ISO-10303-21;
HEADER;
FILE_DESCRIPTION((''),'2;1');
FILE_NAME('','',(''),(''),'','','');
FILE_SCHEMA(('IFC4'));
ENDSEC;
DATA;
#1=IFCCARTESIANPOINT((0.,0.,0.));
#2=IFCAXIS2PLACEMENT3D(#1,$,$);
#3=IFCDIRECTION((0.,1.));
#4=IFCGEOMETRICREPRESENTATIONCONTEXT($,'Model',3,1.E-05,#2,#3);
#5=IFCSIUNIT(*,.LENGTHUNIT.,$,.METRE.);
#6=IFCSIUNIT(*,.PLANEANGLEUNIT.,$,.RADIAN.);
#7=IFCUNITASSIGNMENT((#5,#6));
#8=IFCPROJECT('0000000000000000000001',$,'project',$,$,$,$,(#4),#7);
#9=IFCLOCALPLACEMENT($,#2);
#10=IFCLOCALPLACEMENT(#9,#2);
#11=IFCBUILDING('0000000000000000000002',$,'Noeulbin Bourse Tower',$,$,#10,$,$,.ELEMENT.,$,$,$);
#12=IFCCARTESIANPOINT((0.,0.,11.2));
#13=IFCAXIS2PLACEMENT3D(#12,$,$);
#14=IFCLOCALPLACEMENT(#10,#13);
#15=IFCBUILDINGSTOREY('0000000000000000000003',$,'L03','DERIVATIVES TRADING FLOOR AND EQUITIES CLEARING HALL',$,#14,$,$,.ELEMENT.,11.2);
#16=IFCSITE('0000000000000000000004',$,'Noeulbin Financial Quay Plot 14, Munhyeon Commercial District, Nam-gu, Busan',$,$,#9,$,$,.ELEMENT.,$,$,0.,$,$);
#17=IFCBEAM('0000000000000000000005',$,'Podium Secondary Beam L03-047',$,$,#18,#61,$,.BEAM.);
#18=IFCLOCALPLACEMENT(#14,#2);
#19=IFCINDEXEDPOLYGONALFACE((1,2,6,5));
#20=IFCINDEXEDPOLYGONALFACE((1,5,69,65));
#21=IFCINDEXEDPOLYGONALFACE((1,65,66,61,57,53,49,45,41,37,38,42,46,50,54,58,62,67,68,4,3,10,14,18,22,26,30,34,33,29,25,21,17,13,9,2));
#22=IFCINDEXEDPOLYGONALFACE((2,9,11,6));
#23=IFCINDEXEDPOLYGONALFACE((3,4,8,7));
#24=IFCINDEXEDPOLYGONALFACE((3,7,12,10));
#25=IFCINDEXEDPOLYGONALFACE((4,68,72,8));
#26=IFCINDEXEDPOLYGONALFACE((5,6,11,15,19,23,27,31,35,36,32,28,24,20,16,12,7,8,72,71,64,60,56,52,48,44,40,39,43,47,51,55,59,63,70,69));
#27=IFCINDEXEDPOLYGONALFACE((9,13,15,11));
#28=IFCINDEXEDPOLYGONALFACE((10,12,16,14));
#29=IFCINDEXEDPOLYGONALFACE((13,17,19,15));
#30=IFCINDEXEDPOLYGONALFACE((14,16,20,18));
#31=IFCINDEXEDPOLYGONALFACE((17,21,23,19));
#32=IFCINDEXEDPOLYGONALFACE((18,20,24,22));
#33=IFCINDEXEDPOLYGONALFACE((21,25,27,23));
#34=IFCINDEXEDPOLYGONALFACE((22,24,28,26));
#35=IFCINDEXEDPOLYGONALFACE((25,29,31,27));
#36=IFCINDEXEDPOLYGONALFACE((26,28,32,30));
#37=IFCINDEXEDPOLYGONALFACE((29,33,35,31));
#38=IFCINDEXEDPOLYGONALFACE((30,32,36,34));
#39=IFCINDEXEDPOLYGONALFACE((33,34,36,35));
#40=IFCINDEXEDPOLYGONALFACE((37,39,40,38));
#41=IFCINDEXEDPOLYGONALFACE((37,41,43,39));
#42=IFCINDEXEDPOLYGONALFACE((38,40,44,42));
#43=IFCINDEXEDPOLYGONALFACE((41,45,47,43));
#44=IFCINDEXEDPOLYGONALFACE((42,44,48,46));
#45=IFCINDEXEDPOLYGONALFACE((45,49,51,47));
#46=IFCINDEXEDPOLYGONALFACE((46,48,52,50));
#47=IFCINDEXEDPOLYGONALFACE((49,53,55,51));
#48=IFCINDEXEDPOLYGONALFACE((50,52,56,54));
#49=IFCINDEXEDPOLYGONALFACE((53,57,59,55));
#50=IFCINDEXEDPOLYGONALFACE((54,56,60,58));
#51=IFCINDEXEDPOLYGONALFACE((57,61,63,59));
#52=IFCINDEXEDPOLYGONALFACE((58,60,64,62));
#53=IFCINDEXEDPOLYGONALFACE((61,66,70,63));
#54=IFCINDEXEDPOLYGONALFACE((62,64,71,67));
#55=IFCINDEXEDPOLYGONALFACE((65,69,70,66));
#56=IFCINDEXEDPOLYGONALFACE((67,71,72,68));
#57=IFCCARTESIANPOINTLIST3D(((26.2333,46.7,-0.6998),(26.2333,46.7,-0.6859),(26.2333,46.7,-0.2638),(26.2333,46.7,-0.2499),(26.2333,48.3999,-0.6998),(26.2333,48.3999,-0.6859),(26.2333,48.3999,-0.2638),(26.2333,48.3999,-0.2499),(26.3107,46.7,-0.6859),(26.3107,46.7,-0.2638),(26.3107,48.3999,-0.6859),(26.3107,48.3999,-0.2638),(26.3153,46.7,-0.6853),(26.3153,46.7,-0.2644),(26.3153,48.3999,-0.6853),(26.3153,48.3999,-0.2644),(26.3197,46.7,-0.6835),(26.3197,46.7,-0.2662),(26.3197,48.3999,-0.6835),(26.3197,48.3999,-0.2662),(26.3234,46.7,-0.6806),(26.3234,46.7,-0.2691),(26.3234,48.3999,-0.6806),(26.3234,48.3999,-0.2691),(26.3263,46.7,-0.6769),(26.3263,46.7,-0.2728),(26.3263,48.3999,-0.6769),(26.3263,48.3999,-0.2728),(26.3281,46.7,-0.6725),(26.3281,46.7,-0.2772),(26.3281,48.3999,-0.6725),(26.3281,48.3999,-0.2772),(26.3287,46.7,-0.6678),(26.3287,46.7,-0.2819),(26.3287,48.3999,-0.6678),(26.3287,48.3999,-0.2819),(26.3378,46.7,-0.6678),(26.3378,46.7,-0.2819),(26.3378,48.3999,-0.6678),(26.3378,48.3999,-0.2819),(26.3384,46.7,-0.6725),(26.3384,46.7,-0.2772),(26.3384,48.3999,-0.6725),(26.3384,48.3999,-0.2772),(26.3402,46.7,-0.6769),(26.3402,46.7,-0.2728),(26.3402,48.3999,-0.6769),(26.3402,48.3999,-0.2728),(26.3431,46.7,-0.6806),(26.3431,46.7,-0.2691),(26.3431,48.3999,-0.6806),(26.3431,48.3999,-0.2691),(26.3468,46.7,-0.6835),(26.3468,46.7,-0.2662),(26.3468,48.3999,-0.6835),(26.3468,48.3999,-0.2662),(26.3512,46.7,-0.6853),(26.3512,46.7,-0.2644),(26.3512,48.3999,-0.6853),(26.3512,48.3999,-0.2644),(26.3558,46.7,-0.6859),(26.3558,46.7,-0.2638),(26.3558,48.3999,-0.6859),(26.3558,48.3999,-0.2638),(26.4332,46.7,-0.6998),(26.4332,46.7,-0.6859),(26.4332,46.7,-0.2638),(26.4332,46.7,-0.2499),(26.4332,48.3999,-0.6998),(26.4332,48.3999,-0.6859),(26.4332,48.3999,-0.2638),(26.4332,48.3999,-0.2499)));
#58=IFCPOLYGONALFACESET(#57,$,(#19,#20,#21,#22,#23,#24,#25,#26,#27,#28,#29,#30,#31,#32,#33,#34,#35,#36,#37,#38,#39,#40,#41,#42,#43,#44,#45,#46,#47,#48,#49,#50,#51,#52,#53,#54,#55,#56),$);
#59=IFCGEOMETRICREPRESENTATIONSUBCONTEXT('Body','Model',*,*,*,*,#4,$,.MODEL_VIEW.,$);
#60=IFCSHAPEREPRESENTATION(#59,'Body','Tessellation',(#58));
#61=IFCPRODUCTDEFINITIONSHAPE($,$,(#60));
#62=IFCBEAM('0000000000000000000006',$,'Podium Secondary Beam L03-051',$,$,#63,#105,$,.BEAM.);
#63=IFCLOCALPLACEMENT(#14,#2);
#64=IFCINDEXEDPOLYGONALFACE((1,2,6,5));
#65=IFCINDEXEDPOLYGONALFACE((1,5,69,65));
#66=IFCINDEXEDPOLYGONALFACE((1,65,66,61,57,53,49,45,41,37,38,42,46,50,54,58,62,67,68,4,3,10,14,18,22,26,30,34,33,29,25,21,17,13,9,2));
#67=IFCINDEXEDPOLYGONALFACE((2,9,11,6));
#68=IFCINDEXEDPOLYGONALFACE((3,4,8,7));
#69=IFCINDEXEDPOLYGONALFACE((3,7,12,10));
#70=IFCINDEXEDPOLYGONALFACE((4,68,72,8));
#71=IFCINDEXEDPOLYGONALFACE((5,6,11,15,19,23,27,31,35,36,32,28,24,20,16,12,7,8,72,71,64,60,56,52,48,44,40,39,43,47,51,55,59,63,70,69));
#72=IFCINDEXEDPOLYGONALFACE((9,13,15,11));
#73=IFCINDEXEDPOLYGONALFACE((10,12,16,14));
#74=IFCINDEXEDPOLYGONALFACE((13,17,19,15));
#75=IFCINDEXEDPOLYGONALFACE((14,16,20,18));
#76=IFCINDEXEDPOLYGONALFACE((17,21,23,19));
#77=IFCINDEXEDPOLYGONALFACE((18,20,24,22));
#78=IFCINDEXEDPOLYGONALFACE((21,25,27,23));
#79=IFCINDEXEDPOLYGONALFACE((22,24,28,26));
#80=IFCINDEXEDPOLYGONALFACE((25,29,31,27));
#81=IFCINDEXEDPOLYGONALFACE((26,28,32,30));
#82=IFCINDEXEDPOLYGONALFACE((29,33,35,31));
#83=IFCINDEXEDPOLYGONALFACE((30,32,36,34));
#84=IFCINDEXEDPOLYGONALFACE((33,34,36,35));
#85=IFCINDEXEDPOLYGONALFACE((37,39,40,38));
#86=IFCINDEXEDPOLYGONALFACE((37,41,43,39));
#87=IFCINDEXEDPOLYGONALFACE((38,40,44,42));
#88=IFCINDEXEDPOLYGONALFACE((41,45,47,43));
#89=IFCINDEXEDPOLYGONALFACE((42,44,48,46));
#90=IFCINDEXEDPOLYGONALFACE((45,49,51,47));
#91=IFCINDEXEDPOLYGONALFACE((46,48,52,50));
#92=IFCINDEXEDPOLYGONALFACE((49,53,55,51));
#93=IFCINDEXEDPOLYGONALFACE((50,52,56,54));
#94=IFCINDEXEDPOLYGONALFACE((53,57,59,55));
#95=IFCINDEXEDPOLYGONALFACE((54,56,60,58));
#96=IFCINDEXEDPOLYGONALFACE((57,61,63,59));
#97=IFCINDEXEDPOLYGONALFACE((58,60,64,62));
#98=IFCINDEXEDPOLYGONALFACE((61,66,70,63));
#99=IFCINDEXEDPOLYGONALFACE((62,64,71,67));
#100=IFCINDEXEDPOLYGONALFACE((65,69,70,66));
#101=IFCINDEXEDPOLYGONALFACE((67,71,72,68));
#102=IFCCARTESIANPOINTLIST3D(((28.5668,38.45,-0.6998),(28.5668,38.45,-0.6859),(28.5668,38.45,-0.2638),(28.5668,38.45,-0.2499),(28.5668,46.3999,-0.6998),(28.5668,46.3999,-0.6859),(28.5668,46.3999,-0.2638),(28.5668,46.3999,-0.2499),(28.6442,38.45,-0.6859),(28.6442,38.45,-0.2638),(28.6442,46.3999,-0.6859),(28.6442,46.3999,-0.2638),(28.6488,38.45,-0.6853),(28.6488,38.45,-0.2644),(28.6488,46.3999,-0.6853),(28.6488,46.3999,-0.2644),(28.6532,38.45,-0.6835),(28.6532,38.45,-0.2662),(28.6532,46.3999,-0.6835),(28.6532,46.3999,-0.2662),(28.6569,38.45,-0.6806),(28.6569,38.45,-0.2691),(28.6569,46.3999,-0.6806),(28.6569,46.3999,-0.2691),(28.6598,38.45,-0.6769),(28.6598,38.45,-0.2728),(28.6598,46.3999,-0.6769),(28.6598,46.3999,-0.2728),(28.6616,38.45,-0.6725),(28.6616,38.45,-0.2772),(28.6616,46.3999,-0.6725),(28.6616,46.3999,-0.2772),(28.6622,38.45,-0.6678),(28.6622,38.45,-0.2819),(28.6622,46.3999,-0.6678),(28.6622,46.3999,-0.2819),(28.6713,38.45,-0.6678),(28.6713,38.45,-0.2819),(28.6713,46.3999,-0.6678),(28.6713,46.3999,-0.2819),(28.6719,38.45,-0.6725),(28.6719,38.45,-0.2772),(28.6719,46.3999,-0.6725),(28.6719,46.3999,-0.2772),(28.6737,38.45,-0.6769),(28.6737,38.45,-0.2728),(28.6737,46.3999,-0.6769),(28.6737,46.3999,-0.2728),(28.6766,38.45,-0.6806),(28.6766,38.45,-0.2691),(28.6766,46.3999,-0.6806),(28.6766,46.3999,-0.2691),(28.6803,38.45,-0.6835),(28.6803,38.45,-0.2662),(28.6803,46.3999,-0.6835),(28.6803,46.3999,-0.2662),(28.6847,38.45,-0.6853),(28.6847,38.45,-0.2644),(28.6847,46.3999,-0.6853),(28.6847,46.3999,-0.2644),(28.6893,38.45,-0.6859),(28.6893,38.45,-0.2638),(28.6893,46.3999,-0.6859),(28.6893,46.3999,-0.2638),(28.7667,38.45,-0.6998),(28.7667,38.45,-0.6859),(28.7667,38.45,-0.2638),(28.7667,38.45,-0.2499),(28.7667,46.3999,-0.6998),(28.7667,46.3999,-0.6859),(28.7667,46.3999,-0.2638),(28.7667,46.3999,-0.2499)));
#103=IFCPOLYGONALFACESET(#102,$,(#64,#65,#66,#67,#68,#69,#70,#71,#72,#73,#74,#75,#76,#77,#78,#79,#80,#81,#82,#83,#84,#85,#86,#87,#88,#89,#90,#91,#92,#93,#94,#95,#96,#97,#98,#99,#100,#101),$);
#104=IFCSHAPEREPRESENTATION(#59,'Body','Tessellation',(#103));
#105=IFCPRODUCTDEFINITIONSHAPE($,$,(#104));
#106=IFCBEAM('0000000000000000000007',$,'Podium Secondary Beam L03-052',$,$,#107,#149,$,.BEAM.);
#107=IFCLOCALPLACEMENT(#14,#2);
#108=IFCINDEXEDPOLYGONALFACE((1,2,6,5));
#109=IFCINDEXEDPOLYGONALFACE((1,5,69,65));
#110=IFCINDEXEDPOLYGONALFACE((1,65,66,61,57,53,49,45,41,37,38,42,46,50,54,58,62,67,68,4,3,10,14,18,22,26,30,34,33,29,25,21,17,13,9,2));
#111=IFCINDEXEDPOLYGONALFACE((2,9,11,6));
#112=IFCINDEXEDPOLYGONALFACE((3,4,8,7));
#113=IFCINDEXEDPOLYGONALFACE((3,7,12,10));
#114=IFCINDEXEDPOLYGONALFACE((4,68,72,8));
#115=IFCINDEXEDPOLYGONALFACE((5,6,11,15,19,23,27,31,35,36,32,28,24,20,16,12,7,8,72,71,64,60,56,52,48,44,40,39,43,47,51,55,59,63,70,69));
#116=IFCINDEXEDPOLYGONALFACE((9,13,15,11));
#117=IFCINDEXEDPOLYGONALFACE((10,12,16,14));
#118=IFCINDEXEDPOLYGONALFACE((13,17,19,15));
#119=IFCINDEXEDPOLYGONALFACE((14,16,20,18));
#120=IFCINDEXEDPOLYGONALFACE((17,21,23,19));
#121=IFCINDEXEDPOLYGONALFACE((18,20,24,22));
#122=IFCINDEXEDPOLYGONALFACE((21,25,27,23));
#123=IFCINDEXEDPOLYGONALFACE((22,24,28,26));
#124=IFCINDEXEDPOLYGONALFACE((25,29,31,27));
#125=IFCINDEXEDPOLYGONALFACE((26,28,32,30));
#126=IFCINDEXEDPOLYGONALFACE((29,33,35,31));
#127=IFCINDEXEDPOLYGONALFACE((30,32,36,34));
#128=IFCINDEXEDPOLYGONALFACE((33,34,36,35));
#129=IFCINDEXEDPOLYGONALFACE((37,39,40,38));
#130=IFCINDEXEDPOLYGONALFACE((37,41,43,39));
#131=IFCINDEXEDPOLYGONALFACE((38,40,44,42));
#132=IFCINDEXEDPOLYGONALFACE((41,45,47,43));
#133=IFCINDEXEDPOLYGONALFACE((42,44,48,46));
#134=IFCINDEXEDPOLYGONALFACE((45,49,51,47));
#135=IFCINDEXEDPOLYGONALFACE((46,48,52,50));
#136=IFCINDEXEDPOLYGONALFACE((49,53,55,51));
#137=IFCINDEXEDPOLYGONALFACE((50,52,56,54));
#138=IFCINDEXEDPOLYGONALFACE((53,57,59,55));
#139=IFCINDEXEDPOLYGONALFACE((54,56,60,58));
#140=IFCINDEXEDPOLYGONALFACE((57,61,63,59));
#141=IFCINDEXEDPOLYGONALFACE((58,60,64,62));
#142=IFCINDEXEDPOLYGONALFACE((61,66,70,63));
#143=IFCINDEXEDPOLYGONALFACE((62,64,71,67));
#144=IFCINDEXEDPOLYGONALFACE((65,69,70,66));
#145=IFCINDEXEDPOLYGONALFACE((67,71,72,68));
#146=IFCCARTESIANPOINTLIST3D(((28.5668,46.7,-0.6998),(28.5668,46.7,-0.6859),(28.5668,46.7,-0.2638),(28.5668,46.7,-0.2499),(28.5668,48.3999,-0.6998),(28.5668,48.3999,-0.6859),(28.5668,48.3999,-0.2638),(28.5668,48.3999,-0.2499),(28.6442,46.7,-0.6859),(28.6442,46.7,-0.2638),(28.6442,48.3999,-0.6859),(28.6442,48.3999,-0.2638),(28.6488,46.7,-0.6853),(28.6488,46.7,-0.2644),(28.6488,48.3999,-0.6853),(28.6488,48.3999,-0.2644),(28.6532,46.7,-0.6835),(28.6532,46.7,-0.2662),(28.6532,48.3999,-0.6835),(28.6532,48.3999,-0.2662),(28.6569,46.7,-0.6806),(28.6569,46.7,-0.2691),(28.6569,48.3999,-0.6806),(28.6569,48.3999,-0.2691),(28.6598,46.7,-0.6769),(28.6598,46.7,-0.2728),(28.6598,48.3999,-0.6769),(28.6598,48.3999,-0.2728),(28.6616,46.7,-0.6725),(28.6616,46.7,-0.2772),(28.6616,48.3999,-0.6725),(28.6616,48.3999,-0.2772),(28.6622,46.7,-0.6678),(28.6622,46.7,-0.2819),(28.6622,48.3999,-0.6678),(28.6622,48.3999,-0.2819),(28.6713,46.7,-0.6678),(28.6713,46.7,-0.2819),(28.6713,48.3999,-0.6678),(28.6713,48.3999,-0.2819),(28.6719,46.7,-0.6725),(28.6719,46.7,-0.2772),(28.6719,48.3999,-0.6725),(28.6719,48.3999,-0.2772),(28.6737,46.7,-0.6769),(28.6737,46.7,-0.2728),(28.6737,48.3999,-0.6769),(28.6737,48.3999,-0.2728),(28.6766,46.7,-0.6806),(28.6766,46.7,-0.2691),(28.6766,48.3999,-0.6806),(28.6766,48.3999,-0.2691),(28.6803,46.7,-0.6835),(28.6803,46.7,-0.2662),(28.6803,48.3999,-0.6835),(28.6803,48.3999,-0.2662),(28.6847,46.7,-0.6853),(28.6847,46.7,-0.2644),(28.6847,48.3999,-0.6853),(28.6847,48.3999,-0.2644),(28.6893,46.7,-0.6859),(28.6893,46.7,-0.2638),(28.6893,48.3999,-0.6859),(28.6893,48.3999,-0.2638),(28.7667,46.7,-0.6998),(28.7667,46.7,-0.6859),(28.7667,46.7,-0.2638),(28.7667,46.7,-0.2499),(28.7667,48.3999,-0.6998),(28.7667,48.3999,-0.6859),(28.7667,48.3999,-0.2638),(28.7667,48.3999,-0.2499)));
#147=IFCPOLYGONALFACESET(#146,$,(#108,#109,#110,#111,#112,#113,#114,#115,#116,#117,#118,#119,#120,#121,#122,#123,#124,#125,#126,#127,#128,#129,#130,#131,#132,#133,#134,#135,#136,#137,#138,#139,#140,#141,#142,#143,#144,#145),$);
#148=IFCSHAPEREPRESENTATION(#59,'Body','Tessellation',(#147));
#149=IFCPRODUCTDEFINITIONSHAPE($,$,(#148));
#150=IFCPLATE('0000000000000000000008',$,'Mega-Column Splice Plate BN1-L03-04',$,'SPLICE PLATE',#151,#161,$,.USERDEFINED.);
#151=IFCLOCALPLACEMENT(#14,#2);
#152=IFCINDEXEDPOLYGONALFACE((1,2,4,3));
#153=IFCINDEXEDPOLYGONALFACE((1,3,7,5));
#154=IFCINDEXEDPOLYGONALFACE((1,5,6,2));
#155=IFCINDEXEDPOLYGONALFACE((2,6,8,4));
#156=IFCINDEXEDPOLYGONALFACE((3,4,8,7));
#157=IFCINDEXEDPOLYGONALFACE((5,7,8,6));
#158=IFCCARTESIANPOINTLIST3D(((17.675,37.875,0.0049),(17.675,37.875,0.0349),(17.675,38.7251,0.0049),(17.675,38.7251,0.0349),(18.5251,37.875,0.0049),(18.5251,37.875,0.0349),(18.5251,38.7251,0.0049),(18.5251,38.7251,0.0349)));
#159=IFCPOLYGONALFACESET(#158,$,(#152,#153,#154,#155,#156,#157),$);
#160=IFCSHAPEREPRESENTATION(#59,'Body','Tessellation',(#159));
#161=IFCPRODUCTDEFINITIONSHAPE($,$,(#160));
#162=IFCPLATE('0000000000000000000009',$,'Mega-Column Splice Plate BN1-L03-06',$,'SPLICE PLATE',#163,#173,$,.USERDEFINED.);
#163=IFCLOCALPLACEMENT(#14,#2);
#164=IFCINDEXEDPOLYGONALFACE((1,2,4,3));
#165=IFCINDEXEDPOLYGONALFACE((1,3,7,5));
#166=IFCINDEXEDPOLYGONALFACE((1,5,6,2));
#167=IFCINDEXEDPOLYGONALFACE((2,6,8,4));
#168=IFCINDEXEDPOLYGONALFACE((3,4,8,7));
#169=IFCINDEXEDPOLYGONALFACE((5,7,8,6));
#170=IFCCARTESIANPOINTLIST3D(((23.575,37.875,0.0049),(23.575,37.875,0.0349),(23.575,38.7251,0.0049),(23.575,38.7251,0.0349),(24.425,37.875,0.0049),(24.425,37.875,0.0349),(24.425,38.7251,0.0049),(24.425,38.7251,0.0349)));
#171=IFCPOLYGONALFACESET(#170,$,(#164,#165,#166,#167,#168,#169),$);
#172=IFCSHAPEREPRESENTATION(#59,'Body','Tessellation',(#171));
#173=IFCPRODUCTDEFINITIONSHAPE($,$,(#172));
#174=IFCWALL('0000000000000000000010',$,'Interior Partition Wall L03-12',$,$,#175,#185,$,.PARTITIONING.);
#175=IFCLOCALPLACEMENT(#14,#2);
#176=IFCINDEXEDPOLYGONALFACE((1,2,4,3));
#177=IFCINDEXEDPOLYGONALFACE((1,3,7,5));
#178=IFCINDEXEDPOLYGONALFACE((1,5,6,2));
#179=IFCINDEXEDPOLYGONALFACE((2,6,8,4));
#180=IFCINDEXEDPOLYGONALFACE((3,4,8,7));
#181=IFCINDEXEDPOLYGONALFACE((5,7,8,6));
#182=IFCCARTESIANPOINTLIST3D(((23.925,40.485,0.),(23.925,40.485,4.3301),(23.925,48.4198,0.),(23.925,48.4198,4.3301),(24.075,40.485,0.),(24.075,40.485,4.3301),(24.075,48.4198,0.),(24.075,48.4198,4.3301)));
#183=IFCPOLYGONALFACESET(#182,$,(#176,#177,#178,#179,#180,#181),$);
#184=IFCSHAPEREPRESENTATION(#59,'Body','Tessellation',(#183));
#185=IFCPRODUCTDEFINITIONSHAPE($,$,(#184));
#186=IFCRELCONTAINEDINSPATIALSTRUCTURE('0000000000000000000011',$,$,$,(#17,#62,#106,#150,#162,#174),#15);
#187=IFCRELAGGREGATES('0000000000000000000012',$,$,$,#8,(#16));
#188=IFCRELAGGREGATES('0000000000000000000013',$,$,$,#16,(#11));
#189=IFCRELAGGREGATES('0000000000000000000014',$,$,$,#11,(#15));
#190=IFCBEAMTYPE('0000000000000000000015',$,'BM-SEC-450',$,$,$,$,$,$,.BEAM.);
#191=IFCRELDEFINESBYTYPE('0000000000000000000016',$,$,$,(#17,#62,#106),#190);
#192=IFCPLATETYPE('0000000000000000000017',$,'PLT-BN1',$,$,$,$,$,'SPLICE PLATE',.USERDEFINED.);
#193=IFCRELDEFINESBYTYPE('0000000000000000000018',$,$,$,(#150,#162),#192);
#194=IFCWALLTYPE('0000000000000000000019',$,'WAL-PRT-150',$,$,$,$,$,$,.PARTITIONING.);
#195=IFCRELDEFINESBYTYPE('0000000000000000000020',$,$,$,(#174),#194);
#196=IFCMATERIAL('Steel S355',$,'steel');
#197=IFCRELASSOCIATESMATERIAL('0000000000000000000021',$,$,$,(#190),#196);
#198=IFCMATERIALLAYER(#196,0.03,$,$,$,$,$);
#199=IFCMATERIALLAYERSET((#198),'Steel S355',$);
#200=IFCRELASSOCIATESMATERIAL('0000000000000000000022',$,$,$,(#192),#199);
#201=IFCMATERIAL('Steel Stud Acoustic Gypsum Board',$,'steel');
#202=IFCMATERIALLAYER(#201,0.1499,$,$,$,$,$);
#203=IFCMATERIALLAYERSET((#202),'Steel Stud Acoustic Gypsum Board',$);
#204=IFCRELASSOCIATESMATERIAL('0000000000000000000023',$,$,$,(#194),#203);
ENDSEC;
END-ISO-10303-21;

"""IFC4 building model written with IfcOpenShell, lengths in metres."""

from ifc_helpers import new_model, si_unit, direction, frame, frame_2d, origin, origin_2d, place, context, subcontext, project, spatial, rectangle, i_section, extrude, material, layer, layer_set, material_profile, profile_set, type_object, element, save


model = new_model("IFC4")

# Units and contexts
model_context = context("Model", 3, precision=1e-05, world=origin(), true_north=direction((0.0, 1.0)))
body_context = subcontext(model_context, "Body", "Model", "MODEL_VIEW")
ifc_project = project(units=[si_unit("LENGTHUNIT", "METRE"), si_unit("PLANEANGLEUNIT", "RADIAN")], contexts=[model_context])

# Site, building, storey
site_placement = place(None, origin())
site = spatial("IfcSite", under=ifc_project, at=site_placement, Name="Noeulbin Financial Quay Plot 14, Munhyeon Commercial District, Nam-gu, Busan", CompositionType="ELEMENT", RefElevation=0.0)
building_placement = place(site_placement, origin())
building = spatial("IfcBuilding", under=site, at=building_placement, Name="Noeulbin Bourse Tower", CompositionType="ELEMENT")
storey_placement = place(building_placement, frame((0.0, 0.0, 11.2)))
storey = spatial("IfcBuildingStorey", under=building, at=storey_placement, Name="L03", Description="DERIVATIVES TRADING FLOOR AND EQUITIES CLEARING HALL", CompositionType="ELEMENT", Elevation=11.2)

# Beams
ifc_material_1 = material(Name="Steel S355", Category="steel")
ifc_material_profile_1 = material_profile(ifc_material_1, i_section(OverallWidth=0.2, OverallDepth=0.45, WebThickness=0.009, FlangeThickness=0.0139, FilletRadius=0.0181, at=origin_2d()), Name="H-450x200x9x14", Category="LoadBearing")
ifc_profile_set_1 = profile_set([ifc_material_profile_1], Name="Steel S355")
beam_type_1 = type_object("IfcBeamType", Name="BM-SEC-450", PredefinedType="BEAM", material=ifc_profile_set_1)
beam_1_placement = place(storey_placement, frame((26.3333, 46.7, -0.4749), z_axis=(0.0, 1.0, 0.0), x_axis=(-1.0, 0.0, 0.0)))
element("IfcBeam", 1, at=beam_1_placement, inside=storey, type_object=beam_type_1, Name="Podium Secondary Beam L03-047", PredefinedType="BEAM", context=body_context, shape_type="SweptSolid", body=[
    extrude(i_section(OverallWidth=0.2, OverallDepth=0.45, WebThickness=0.009, FlangeThickness=0.0139, FilletRadius=0.0181, at=origin_2d()), origin(), (0.0, 0.0, 1.0), 1.7),
])
beam_2_placement = place(storey_placement, frame((28.6667, 38.45, -0.4749), z_axis=(0.0, 1.0, 0.0), x_axis=(-1.0, 0.0, 0.0)))
element("IfcBeam", 2, at=beam_2_placement, inside=storey, type_object=beam_type_1, Name="Podium Secondary Beam L03-051", PredefinedType="BEAM", context=body_context, shape_type="SweptSolid", body=[
    extrude(i_section(OverallWidth=0.2, OverallDepth=0.45, WebThickness=0.009, FlangeThickness=0.0139, FilletRadius=0.0181, at=origin_2d()), origin(), (0.0, 0.0, 1.0), 7.95),
])
beam_3_placement = place(storey_placement, frame((28.6667, 46.7, -0.4749), z_axis=(0.0, 1.0, 0.0), x_axis=(-1.0, 0.0, 0.0)))
element("IfcBeam", 3, at=beam_3_placement, inside=storey, type_object=beam_type_1, Name="Podium Secondary Beam L03-052", PredefinedType="BEAM", context=body_context, shape_type="SweptSolid", body=[
    extrude(i_section(OverallWidth=0.2, OverallDepth=0.45, WebThickness=0.009, FlangeThickness=0.0139, FilletRadius=0.0181, at=origin_2d()), origin(), (0.0, 0.0, 1.0), 1.7),
])

# Plates
ifc_layer_1 = layer(ifc_material_1, 0.03)
ifc_layer_set_1 = layer_set([ifc_layer_1], Name="Steel S355")
plate_type = type_object("IfcPlateType", Name="PLT-BN1", ElementType="SPLICE PLATE", PredefinedType="USERDEFINED", material=ifc_layer_set_1)
for number, where, z_axis, x_axis, name in (
    (4, (18.1001, 38.3, 0.0049), (0.0, 0.0, 1.0), (1.0, 0.0, 0.0), "Mega-Column Splice Plate BN1-L03-04"),
    (5, (24.0, 38.3, 0.0049), (0.0, 0.0, 1.0), (1.0, 0.0, 0.0), "Mega-Column Splice Plate BN1-L03-06"),
):
    element("IfcPlate", number, at=place(storey_placement, frame(where, z_axis=z_axis, x_axis=x_axis)), inside=storey, type_object=plate_type, Name=name, ObjectType="SPLICE PLATE", PredefinedType="USERDEFINED", context=body_context, shape_type="SweptSolid", body=[
        extrude(rectangle(XDim=0.8501, YDim=0.8501, at=origin_2d()), origin(), (0.0, 0.0, 1.0), 0.03),
    ])

# Wall
ifc_material_2 = material(Name="Steel Stud Acoustic Gypsum Board", Category="steel")
ifc_layer_2 = layer(ifc_material_2, 0.1499)
ifc_layer_set_2 = layer_set([ifc_layer_2], Name="Steel Stud Acoustic Gypsum Board")
wall_type = type_object("IfcWallType", Name="WAL-PRT-150", PredefinedType="PARTITIONING", material=ifc_layer_set_2)
wall_placement = place(storey_placement, frame((24.0, 40.4851, 0.0), z_axis=(0.0, 0.0, 1.0), x_axis=(0.0, 1.0, 0.0)))
element("IfcWall", 6, at=wall_placement, inside=storey, type_object=wall_type, Name="Interior Partition Wall L03-12", PredefinedType="PARTITIONING", context=body_context, shape_type="SweptSolid", body=[
    extrude(rectangle(XDim=7.9348, YDim=0.1499, at=frame_2d((3.9673, 0.0))), origin(), (0.0, 0.0, 1.0), 4.3301),
])

save(model, "model.ifc")
